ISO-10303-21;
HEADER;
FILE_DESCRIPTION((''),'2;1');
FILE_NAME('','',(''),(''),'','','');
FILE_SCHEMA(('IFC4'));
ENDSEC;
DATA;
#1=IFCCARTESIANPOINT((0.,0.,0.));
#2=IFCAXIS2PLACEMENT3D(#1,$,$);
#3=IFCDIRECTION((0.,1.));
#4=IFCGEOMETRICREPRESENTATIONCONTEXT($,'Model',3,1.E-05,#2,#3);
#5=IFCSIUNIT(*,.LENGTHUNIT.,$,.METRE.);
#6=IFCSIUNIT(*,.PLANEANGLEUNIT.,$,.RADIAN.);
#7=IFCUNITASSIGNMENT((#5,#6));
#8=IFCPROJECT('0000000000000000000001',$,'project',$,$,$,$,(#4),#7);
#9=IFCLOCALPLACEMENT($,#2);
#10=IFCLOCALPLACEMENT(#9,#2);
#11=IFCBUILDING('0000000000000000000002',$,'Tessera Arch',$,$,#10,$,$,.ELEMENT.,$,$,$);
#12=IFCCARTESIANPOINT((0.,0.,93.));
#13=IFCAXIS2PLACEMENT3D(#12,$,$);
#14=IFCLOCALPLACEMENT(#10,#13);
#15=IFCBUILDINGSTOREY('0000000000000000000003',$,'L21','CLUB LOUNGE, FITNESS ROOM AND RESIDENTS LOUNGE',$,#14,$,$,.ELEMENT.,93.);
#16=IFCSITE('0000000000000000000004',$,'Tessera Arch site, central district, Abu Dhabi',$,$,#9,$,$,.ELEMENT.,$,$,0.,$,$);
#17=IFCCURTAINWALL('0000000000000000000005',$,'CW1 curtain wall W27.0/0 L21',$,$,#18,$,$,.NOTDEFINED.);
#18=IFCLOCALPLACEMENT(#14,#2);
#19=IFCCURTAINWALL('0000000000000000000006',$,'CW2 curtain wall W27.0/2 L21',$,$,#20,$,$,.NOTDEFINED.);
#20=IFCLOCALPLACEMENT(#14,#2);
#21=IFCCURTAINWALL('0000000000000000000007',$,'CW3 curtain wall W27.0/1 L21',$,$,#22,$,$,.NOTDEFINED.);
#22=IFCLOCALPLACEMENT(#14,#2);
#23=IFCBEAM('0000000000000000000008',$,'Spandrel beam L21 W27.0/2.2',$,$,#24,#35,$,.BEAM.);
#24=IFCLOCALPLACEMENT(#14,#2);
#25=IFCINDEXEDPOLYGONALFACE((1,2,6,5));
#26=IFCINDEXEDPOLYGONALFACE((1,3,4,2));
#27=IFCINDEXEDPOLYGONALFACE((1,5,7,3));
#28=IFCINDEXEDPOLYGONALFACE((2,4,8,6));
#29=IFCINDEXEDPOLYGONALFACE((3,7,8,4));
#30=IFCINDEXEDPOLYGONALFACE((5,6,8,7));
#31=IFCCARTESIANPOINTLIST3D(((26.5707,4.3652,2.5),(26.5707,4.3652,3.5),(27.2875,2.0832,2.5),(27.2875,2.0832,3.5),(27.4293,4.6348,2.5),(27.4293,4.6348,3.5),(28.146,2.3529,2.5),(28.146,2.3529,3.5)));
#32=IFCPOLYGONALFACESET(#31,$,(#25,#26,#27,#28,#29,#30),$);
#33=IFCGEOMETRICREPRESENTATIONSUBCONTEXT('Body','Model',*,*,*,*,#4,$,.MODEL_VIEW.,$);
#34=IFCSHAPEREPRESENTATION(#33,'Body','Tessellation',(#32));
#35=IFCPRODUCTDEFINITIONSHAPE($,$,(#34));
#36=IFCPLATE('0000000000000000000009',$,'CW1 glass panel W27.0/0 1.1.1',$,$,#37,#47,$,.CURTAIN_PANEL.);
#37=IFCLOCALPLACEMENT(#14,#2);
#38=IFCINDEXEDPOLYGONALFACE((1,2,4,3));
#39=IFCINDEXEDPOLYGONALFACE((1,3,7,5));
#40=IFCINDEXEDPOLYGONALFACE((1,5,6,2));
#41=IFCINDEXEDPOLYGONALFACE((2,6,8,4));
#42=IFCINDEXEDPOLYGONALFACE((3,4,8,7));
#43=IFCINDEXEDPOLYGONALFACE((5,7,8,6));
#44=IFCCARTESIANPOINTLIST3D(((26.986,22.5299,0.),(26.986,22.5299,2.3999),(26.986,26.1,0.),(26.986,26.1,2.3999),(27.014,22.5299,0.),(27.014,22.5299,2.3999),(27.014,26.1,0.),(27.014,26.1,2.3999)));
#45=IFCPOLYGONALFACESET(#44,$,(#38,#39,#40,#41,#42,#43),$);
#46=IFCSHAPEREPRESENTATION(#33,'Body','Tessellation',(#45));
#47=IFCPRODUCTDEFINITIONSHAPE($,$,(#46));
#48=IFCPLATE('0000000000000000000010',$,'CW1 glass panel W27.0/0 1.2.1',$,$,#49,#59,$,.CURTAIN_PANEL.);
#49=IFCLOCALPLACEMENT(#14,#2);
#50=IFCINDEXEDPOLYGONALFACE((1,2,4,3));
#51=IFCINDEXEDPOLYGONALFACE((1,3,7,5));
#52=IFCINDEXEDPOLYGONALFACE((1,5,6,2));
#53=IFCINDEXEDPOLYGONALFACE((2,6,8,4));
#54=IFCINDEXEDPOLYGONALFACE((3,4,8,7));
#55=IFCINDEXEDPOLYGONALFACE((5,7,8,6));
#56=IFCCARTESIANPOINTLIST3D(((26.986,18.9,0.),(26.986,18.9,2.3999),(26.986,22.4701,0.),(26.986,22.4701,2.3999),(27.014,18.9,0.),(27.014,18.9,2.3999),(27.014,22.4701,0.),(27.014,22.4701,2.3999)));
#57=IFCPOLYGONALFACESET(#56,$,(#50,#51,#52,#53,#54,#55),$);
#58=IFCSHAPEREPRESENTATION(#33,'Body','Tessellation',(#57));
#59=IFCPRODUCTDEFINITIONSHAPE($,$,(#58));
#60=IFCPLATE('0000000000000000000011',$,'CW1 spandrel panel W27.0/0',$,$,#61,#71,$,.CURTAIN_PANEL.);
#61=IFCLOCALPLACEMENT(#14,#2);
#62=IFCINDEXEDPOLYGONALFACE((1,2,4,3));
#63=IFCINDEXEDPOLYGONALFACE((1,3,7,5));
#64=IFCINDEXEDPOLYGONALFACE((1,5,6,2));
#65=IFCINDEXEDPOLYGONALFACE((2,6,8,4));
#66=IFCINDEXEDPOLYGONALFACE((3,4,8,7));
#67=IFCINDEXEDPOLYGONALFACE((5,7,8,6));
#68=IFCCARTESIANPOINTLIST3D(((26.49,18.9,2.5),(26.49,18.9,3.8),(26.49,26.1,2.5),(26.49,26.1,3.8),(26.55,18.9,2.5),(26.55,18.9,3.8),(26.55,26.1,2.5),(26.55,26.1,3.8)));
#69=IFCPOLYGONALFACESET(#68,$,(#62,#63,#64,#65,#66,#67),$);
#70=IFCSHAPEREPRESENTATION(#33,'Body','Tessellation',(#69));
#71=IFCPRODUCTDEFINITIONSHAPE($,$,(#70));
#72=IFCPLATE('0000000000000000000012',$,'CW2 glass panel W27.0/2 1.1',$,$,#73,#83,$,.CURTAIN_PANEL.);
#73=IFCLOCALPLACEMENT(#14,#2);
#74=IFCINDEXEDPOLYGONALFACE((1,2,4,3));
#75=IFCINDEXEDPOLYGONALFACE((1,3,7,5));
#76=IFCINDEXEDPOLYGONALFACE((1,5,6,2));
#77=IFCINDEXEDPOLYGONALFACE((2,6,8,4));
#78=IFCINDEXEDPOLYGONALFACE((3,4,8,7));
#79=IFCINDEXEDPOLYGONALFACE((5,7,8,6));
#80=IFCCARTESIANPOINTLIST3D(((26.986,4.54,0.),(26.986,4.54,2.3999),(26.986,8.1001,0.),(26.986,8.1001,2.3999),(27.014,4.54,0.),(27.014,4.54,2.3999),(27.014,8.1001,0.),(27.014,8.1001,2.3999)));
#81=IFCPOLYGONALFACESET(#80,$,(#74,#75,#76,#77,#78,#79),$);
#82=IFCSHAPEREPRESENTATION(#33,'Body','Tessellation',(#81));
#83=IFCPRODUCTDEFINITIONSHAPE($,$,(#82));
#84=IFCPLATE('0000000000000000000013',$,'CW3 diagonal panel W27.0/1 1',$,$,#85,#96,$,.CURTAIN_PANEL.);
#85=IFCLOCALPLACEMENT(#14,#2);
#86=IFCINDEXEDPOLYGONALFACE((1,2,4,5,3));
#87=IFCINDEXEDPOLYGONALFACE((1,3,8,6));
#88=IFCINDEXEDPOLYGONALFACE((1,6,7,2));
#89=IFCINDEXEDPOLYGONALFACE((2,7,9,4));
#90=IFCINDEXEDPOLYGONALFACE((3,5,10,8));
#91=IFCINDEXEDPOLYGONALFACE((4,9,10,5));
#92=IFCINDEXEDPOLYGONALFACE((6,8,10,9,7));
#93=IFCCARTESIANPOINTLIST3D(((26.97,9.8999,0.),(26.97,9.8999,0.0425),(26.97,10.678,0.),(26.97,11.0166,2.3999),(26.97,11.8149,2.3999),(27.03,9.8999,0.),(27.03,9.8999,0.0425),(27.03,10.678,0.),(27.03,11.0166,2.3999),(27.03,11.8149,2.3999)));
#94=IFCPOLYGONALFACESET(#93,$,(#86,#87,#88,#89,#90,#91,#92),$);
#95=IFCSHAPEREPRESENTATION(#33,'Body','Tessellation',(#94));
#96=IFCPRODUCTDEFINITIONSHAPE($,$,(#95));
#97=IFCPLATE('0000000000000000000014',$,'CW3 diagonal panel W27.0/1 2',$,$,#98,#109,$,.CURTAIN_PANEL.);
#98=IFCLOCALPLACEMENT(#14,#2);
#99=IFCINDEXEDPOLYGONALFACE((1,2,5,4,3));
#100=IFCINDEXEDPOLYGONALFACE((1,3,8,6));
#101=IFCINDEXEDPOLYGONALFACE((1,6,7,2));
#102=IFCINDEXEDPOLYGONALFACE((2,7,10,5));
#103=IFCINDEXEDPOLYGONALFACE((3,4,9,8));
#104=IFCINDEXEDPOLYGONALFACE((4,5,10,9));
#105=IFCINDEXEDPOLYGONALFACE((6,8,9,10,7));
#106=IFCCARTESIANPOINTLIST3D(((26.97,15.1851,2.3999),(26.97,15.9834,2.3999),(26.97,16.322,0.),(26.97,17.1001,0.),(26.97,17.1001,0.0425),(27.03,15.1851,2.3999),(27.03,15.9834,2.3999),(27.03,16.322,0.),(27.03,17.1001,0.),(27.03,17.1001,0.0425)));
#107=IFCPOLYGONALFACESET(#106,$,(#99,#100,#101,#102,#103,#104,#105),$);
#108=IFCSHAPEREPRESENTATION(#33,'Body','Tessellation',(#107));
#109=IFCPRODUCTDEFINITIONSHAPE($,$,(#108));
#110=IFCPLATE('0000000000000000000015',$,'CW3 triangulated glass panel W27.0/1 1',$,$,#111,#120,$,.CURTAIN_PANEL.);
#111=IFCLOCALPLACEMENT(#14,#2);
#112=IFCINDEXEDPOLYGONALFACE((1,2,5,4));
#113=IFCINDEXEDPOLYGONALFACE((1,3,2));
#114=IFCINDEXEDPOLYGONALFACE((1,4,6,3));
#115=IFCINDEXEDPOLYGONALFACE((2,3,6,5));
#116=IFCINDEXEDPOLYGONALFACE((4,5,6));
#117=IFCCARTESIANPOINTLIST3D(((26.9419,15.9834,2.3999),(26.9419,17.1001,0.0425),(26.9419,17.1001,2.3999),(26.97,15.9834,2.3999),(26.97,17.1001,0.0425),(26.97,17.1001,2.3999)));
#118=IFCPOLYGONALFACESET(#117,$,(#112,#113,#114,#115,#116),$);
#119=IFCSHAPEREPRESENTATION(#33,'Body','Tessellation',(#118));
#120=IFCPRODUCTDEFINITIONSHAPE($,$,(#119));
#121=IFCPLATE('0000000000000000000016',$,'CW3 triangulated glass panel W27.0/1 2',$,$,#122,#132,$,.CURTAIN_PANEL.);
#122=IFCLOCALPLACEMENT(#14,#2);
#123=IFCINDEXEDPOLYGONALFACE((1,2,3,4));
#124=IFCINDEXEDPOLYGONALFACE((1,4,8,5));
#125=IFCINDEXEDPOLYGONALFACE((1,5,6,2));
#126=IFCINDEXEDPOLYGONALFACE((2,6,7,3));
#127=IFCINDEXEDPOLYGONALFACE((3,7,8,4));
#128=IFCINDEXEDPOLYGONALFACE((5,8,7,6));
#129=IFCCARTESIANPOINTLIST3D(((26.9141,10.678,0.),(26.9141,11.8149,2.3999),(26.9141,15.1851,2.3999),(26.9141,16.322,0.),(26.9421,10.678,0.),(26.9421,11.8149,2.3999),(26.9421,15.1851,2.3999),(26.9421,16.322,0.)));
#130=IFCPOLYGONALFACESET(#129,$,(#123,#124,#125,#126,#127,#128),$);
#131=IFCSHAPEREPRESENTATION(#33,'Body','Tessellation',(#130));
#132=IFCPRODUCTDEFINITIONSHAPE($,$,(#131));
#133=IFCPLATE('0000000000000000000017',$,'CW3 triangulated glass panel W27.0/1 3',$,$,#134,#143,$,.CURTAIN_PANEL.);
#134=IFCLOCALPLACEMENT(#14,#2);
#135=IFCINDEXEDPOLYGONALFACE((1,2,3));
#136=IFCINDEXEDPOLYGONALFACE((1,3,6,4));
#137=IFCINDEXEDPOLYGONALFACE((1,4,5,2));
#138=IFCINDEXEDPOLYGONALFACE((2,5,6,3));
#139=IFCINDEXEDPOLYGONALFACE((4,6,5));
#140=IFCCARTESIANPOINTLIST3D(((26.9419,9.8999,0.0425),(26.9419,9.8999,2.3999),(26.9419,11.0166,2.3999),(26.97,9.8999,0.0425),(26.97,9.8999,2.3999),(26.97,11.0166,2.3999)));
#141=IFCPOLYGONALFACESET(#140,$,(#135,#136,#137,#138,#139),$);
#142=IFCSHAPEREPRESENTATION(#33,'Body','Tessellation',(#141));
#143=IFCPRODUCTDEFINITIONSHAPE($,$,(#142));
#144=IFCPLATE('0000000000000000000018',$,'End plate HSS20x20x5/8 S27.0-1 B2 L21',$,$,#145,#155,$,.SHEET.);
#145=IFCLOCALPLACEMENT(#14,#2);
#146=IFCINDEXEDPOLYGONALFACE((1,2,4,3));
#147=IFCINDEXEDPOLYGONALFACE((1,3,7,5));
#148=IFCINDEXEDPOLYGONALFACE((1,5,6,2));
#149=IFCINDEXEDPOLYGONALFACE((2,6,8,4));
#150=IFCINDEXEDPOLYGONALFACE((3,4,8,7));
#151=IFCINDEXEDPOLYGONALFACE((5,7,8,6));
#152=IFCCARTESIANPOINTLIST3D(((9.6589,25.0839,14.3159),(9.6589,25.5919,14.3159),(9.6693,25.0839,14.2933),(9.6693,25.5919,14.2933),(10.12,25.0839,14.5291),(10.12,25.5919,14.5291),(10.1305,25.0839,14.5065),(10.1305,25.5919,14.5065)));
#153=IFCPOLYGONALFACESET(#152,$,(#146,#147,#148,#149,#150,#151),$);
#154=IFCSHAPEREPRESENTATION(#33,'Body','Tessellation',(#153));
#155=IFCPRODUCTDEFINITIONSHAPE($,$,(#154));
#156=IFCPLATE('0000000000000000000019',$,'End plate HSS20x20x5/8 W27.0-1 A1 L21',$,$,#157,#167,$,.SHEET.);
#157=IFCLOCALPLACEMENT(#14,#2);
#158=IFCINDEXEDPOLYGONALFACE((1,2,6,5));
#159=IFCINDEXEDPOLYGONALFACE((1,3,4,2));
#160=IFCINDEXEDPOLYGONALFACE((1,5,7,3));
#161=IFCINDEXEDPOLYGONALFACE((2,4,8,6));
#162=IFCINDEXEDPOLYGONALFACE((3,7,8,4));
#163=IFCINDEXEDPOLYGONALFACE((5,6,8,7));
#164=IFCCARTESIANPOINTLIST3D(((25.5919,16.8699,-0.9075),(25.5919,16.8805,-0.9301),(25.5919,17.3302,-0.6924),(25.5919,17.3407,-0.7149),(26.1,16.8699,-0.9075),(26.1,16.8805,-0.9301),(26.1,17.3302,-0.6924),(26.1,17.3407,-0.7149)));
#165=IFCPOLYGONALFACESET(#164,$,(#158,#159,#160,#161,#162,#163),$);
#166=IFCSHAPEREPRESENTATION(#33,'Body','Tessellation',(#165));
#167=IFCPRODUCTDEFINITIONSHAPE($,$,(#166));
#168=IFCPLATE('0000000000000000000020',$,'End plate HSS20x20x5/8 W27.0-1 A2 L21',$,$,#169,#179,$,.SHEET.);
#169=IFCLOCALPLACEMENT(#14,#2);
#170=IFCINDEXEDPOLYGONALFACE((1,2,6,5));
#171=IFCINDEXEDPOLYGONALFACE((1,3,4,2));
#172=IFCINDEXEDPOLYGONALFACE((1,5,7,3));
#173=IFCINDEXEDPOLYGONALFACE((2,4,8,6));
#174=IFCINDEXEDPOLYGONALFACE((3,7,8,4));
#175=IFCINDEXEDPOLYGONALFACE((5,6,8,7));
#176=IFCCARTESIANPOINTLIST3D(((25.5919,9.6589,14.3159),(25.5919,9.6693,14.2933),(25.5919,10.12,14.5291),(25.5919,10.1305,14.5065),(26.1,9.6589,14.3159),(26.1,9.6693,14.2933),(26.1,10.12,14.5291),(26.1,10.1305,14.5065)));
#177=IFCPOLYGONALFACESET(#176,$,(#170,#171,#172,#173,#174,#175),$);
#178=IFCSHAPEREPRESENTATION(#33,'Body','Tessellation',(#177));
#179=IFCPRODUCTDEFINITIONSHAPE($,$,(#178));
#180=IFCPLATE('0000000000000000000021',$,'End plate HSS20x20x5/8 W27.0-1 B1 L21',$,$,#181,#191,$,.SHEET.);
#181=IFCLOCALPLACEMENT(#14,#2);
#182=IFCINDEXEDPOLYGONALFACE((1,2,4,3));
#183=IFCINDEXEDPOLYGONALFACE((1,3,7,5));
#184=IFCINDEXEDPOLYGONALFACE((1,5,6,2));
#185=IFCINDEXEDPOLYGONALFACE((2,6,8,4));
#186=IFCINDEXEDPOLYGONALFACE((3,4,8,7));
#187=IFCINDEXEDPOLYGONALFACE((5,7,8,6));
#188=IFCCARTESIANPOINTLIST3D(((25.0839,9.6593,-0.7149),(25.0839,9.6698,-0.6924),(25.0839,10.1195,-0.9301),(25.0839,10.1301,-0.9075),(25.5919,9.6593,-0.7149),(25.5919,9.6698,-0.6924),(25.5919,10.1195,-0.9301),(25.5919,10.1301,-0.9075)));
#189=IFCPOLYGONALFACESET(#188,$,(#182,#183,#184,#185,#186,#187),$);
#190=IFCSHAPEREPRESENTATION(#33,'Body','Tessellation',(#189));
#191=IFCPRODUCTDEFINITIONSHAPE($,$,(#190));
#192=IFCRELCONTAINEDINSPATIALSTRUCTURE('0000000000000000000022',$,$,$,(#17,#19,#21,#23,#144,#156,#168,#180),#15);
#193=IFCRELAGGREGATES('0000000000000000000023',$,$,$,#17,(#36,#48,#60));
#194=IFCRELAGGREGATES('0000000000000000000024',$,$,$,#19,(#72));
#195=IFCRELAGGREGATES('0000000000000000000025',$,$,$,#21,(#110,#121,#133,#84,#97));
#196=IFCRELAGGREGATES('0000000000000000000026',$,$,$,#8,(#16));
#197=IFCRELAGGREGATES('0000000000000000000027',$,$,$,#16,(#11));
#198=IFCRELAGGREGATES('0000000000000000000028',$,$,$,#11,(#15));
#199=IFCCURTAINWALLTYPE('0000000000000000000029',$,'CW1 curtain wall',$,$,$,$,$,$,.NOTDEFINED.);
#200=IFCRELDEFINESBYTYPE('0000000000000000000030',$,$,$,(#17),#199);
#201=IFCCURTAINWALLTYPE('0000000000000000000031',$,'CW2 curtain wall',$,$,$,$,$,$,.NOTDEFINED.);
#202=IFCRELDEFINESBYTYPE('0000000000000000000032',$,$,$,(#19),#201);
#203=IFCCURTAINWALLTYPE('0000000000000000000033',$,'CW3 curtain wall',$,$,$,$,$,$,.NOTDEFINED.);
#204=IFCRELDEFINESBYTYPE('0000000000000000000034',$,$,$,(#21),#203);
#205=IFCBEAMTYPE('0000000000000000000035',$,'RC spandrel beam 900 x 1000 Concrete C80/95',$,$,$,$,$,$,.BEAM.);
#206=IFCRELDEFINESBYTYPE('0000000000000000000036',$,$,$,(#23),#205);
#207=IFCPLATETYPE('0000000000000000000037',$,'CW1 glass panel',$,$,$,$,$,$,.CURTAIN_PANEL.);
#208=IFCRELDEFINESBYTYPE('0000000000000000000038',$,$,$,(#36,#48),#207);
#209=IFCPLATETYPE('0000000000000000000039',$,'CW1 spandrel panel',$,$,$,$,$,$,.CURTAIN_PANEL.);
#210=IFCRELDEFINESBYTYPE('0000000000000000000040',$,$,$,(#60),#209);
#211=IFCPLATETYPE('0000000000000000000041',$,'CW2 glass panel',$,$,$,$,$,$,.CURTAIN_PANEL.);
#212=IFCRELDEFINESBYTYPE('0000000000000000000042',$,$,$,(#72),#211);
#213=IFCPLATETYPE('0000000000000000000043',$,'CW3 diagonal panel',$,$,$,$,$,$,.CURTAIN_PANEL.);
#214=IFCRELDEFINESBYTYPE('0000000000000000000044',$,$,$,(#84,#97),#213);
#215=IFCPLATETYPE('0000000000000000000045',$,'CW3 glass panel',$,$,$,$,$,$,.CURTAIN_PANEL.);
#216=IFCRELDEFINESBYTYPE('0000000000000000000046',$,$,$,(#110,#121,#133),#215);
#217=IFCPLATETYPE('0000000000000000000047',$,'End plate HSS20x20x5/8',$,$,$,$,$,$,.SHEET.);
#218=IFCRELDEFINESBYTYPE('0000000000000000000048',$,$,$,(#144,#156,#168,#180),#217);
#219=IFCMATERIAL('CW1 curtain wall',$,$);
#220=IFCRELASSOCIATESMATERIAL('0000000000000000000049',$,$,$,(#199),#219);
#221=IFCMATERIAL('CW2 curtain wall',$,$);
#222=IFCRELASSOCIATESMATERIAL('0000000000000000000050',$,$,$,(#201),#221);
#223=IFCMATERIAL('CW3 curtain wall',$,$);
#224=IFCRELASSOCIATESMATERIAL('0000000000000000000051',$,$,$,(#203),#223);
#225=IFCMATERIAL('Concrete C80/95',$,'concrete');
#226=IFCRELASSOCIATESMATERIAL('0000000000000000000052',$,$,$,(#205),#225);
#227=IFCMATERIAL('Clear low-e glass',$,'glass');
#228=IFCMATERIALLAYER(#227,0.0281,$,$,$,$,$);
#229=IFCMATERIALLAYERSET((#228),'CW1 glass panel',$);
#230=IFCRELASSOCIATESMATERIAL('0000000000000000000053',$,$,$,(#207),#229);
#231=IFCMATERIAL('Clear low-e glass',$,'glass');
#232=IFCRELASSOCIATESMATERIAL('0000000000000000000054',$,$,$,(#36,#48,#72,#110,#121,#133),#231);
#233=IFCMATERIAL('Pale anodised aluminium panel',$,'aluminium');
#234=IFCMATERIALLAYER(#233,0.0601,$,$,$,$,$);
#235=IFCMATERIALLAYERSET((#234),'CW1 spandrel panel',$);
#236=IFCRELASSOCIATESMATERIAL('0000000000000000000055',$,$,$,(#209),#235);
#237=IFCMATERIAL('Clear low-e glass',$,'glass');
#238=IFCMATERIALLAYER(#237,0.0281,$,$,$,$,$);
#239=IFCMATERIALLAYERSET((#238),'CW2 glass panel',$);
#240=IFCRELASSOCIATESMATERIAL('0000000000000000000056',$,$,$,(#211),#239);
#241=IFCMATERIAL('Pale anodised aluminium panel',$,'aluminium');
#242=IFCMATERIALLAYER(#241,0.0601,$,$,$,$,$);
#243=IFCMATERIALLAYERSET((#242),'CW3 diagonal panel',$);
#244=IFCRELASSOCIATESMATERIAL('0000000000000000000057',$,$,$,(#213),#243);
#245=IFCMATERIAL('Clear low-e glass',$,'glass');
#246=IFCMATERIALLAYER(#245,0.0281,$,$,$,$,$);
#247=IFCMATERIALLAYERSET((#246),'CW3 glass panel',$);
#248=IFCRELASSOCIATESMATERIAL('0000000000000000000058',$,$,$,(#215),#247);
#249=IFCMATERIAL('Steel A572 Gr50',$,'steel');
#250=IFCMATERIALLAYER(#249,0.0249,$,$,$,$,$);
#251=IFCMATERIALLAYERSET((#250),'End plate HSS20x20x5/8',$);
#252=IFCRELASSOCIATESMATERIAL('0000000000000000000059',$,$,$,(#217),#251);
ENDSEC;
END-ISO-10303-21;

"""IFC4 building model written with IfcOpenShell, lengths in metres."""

from ifc_helpers import new_model, si_unit, direction, frame, origin, origin_2d, place, context, subcontext, project, spatial, polyline, rectangle, outline, extrude, material, layer, layer_set, material_profile, profile_set, type_object, element, aggregate, save


model = new_model("IFC4")

# Units and contexts
model_context = context("Model", 3, precision=1e-05, world=origin(), true_north=direction((0.0, 1.0)))
body_context = subcontext(model_context, "Body", "Model", "MODEL_VIEW")
ifc_project = project(units=[si_unit("LENGTHUNIT", "METRE"), si_unit("PLANEANGLEUNIT", "RADIAN")], contexts=[model_context])

# Site, building, storey
site_placement = place(None, origin())
site = spatial("IfcSite", under=ifc_project, at=site_placement, Name="Tessera Arch site, central district, Abu Dhabi", CompositionType="ELEMENT", RefElevation=0.0)
building_placement = place(site_placement, origin())
building = spatial("IfcBuilding", under=site, at=building_placement, Name="Tessera Arch", CompositionType="ELEMENT")
storey_placement = place(building_placement, frame((0.0, 0.0, 93.0)))
storey = spatial("IfcBuildingStorey", under=building, at=storey_placement, Name="L21", Description="CLUB LOUNGE, FITNESS ROOM AND RESIDENTS LOUNGE", CompositionType="ELEMENT", Elevation=93.0)

# Curtain walls
ifc_material_1 = material(Name="CW1 curtain wall")
curtain_wall_type_1 = type_object("IfcCurtainWallType", Name="CW1 curtain wall", PredefinedType="NOTDEFINED", material=ifc_material_1)
curtain_wall_1_placement = place(storey_placement, origin())
curtain_wall_1 = element("IfcCurtainWall", 1, at=curtain_wall_1_placement, inside=storey, type_object=curtain_wall_type_1, Name="CW1 curtain wall W27.0/0 L21", PredefinedType="NOTDEFINED")
ifc_material_2 = material(Name="CW2 curtain wall")
curtain_wall_type_2 = type_object("IfcCurtainWallType", Name="CW2 curtain wall", PredefinedType="NOTDEFINED", material=ifc_material_2)
curtain_wall_2_placement = place(storey_placement, origin())
curtain_wall_2 = element("IfcCurtainWall", 2, at=curtain_wall_2_placement, inside=storey, type_object=curtain_wall_type_2, Name="CW2 curtain wall W27.0/2 L21", PredefinedType="NOTDEFINED")
ifc_material_3 = material(Name="CW3 curtain wall")
curtain_wall_type_3 = type_object("IfcCurtainWallType", Name="CW3 curtain wall", PredefinedType="NOTDEFINED", material=ifc_material_3)
curtain_wall_3_placement = place(storey_placement, origin())
curtain_wall_3 = element("IfcCurtainWall", 3, at=curtain_wall_3_placement, inside=storey, type_object=curtain_wall_type_3, Name="CW3 curtain wall W27.0/1 L21", PredefinedType="NOTDEFINED")

# Beam
ifc_material_4 = material(Name="Concrete C80/95", Category="concrete")
ifc_material_profile_1 = material_profile(ifc_material_4, rectangle(XDim=0.8999, YDim=1.0, at=origin_2d()), Name="RC spandrel beam 900 x 1000 Concrete C80/95")
ifc_profile_set_1 = profile_set([ifc_material_profile_1], Name="Concrete C80/95")
beam_type = type_object("IfcBeamType", Name="RC spandrel beam 900 x 1000 Concrete C80/95", PredefinedType="BEAM", material=ifc_profile_set_1)
beam_1_placement = place(storey_placement, frame((27.0, 4.5, 3.0), z_axis=(0.299675, -0.954041, 0.0), x_axis=(0.954041, 0.299675, 0.0)))
element("IfcBeam", 4, at=beam_1_placement, inside=storey, type_object=beam_type, Name="Spandrel beam L21 W27.0/2.2", PredefinedType="BEAM", context=body_context, shape_type="SweptSolid", body=[
    extrude(rectangle(XDim=0.8999, YDim=1.0, at=origin_2d()), origin(), (0.0, 0.0, 1.0), 2.3918),
])

# Plates
ifc_material_5 = material(Name="Clear low-e glass", Category="glass")
ifc_material_6 = material(Name="Clear low-e glass", Category="glass")
ifc_layer_1 = layer(ifc_material_6, 0.0281)
ifc_layer_set_1 = layer_set([ifc_layer_1], Name="CW1 glass panel")
plate_type_1 = type_object("IfcPlateType", Name="CW1 glass panel", PredefinedType="CURTAIN_PANEL", material=ifc_layer_set_1)
plate_1_placement = place(storey_placement, frame((27.0, 24.3149, 0.0), z_axis=(0.0, 0.0, 1.0), x_axis=(0.0, -1.0, 0.0)))
plate_1 = element("IfcPlate", 5, at=plate_1_placement, type_object=plate_type_1, material=ifc_material_5, Name="CW1 glass panel W27.0/0 1.1.1", PredefinedType="CURTAIN_PANEL", context=body_context, shape_type="SweptSolid", body=[
    extrude(rectangle(XDim=3.5701, YDim=0.0281, at=origin_2d()), origin(), (0.0, 0.0, 1.0), 2.3999),
])
plate_2_placement = place(storey_placement, frame((27.0, 20.6851, 0.0), z_axis=(0.0, 0.0, 1.0), x_axis=(0.0, -1.0, 0.0)))
plate_2 = element("IfcPlate", 6, at=plate_2_placement, type_object=plate_type_1, material=ifc_material_5, Name="CW1 glass panel W27.0/0 1.2.1", PredefinedType="CURTAIN_PANEL", context=body_context, shape_type="SweptSolid", body=[
    extrude(rectangle(XDim=3.5701, YDim=0.0281, at=origin_2d()), origin(), (0.0, 0.0, 1.0), 2.3999),
])
ifc_material_7 = material(Name="Pale anodised aluminium panel", Category="aluminium")
ifc_layer_2 = layer(ifc_material_7, 0.0601)
ifc_layer_set_2 = layer_set([ifc_layer_2], Name="CW1 spandrel panel")
plate_type_2 = type_object("IfcPlateType", Name="CW1 spandrel panel", PredefinedType="CURTAIN_PANEL", material=ifc_layer_set_2)
plate_3_placement = place(storey_placement, frame((26.52, 22.5, 2.5), z_axis=(0.0, 0.0, 1.0), x_axis=(0.0, -1.0, 0.0)))
plate_3 = element("IfcPlate", 7, at=plate_3_placement, type_object=plate_type_2, Name="CW1 spandrel panel W27.0/0", PredefinedType="CURTAIN_PANEL", context=body_context, shape_type="SweptSolid", body=[
    extrude(rectangle(XDim=7.2, YDim=0.0601, at=origin_2d()), origin(), (0.0, 0.0, 1.0), 1.3),
])
aggregate(curtain_wall_1, [plate_1, plate_2, plate_3])
ifc_material_8 = material(Name="Clear low-e glass", Category="glass")
ifc_layer_3 = layer(ifc_material_8, 0.0281)
ifc_layer_set_3 = layer_set([ifc_layer_3], Name="CW2 glass panel")
plate_type_3 = type_object("IfcPlateType", Name="CW2 glass panel", PredefinedType="CURTAIN_PANEL", material=ifc_layer_set_3)
plate_4_placement = place(storey_placement, frame((27.0, 6.3201, 0.0), z_axis=(0.0, 0.0, 1.0), x_axis=(0.0, -1.0, 0.0)))
plate_4 = element("IfcPlate", 8, at=plate_4_placement, type_object=plate_type_3, material=ifc_material_5, Name="CW2 glass panel W27.0/2 1.1", PredefinedType="CURTAIN_PANEL", context=body_context, shape_type="SweptSolid", body=[
    extrude(rectangle(XDim=3.5601, YDim=0.0281, at=origin_2d()), origin(), (0.0, 0.0, 1.0), 2.3999),
])
aggregate(curtain_wall_2, [plate_4])
ifc_material_9 = material(Name="Pale anodised aluminium panel", Category="aluminium")
ifc_layer_4 = layer(ifc_material_9, 0.0601)
ifc_layer_set_4 = layer_set([ifc_layer_4], Name="CW3 diagonal panel")
plate_type_4 = type_object("IfcPlateType", Name="CW3 diagonal panel", PredefinedType="CURTAIN_PANEL", material=ifc_layer_set_4)
plate_5_placement = place(storey_placement, frame((26.97, 9.8999, 0.0), z_axis=(-1.0, 0.0, 0.0), x_axis=(0.0, 0.0, 1.0)))
plate_5 = element("IfcPlate", 9, at=plate_5_placement, type_object=plate_type_4, Name="CW3 diagonal panel W27.0/1 1", PredefinedType="CURTAIN_PANEL", context=body_context, shape_type="SweptSolid", body=[
    extrude(outline(polyline([(0.0, 0.0), (0.0425, 0.0), (2.3999, 1.1167), (2.3999, 1.915), (0.0, 0.7781), (0.0, 0.0)])), origin(), (0.0, 0.0, -1.0), 0.0601),
])
plate_6_placement = place(storey_placement, frame((26.97, 15.1851, 2.3999), z_axis=(-1.0, 0.0, 0.0), x_axis=(0.0, 1.0, 0.0)))
plate_6 = element("IfcPlate", 10, at=plate_6_placement, type_object=plate_type_4, Name="CW3 diagonal panel W27.0/1 2", PredefinedType="CURTAIN_PANEL", context=body_context, shape_type="SweptSolid", body=[
    extrude(outline(polyline([(0.0, 0.0), (0.7983, 0.0), (1.915, 2.3574), (1.915, 2.3999), (1.137, 2.3999), (0.0, 0.0)])), origin(), (0.0, 0.0, -1.0), 0.0601),
])
ifc_material_10 = material(Name="Clear low-e glass", Category="glass")
ifc_layer_5 = layer(ifc_material_10, 0.0281)
ifc_layer_set_5 = layer_set([ifc_layer_5], Name="CW3 glass panel")
plate_type_5 = type_object("IfcPlateType", Name="CW3 glass panel", PredefinedType="CURTAIN_PANEL", material=ifc_layer_set_5)
plate_7_placement = place(storey_placement, frame((26.9419, 17.1001, 2.3999), z_axis=(-1.0, 0.0, 0.0), x_axis=(0.0, 0.0, -1.0)))
plate_7 = element("IfcPlate", 11, at=plate_7_placement, type_object=plate_type_5, material=ifc_material_5, Name="CW3 triangulated glass panel W27.0/1 1", PredefinedType="CURTAIN_PANEL", context=body_context, shape_type="SweptSolid", body=[
    extrude(outline(polyline([(0.0, 0.0), (2.3574, 0.0), (0.0, 1.1167), (0.0, 0.0)])), origin(), (0.0, 0.0, -1.0), 0.0281),
])
plate_8_placement = place(storey_placement, frame((26.9141, 11.8149, 2.3999), z_axis=(-1.0, 0.0, 0.0), x_axis=(0.0, 1.0, 0.0)))
plate_8 = element("IfcPlate", 12, at=plate_8_placement, type_object=plate_type_5, material=ifc_material_5, Name="CW3 triangulated glass panel W27.0/1 2", PredefinedType="CURTAIN_PANEL", context=body_context, shape_type="SweptSolid", body=[
    extrude(outline(polyline([(0.0, 0.0), (3.3701, 0.0), (4.5071, 2.3999), (-1.137, 2.3999), (0.0, 0.0)])), origin(), (0.0, 0.0, -1.0), 0.0281),
])
plate_9_placement = place(storey_placement, frame((26.9419, 9.8999, 2.3999), z_axis=(-1.0, 0.0, 0.0), x_axis=(0.0, 1.0, 0.0)))
plate_9 = element("IfcPlate", 13, at=plate_9_placement, type_object=plate_type_5, material=ifc_material_5, Name="CW3 triangulated glass panel W27.0/1 3", PredefinedType="CURTAIN_PANEL", context=body_context, shape_type="SweptSolid", body=[
    extrude(outline(polyline([(0.0, 0.0), (1.1167, 0.0), (0.0, 2.3574), (0.0, 0.0)])), origin(), (0.0, 0.0, -1.0), 0.0281),
])
aggregate(curtain_wall_3, [plate_7, plate_8, plate_9, plate_5, plate_6])

# Plates
ifc_material_11 = material(Name="Steel A572 Gr50", Category="steel")
ifc_layer_6 = layer(ifc_material_11, 0.0249)
ifc_layer_set_6 = layer_set([ifc_layer_6], Name="End plate HSS20x20x5/8")
plate_type_6 = type_object("IfcPlateType", Name="End plate HSS20x20x5/8", PredefinedType="SHEET", material=ifc_layer_set_6)
for number, where, z_axis, x_axis, name in (
    (14, (9.8999, 25.3379, 14.3999), (-0.419677, 0.0, 0.907674), (0.0, -1.0, 0.0), "End plate HSS20x20x5/8 S27.0-1 B2 L21"),
    (15, (25.8459, 17.1106, -0.8225), (0.0, -0.423424, 0.905931), (1.0, 0.0, 0.0), "End plate HSS20x20x5/8 W27.0-1 A1 L21"),
    (16, (25.8459, 9.8999, 14.3999), (0.0, -0.419677, 0.907674), (1.0, 0.0, 0.0), "End plate HSS20x20x5/8 W27.0-1 A2 L21"),
    (17, (25.3379, 9.8894, -0.8225), (0.0, 0.423424, 0.905931), (-1.0, 0.0, 0.0), "End plate HSS20x20x5/8 W27.0-1 B1 L21"),
):
    element("IfcPlate", number, at=place(storey_placement, frame(where, z_axis=z_axis, x_axis=x_axis)), inside=storey, type_object=plate_type_6, Name=name, PredefinedType="SHEET", context=body_context, shape_type="SweptSolid", body=[
        extrude(rectangle(XDim=0.5081, YDim=0.5081, at=origin_2d()), origin(), (0.0, 0.0, 1.0), 0.0249),
    ])

save(model, "model.ifc")
